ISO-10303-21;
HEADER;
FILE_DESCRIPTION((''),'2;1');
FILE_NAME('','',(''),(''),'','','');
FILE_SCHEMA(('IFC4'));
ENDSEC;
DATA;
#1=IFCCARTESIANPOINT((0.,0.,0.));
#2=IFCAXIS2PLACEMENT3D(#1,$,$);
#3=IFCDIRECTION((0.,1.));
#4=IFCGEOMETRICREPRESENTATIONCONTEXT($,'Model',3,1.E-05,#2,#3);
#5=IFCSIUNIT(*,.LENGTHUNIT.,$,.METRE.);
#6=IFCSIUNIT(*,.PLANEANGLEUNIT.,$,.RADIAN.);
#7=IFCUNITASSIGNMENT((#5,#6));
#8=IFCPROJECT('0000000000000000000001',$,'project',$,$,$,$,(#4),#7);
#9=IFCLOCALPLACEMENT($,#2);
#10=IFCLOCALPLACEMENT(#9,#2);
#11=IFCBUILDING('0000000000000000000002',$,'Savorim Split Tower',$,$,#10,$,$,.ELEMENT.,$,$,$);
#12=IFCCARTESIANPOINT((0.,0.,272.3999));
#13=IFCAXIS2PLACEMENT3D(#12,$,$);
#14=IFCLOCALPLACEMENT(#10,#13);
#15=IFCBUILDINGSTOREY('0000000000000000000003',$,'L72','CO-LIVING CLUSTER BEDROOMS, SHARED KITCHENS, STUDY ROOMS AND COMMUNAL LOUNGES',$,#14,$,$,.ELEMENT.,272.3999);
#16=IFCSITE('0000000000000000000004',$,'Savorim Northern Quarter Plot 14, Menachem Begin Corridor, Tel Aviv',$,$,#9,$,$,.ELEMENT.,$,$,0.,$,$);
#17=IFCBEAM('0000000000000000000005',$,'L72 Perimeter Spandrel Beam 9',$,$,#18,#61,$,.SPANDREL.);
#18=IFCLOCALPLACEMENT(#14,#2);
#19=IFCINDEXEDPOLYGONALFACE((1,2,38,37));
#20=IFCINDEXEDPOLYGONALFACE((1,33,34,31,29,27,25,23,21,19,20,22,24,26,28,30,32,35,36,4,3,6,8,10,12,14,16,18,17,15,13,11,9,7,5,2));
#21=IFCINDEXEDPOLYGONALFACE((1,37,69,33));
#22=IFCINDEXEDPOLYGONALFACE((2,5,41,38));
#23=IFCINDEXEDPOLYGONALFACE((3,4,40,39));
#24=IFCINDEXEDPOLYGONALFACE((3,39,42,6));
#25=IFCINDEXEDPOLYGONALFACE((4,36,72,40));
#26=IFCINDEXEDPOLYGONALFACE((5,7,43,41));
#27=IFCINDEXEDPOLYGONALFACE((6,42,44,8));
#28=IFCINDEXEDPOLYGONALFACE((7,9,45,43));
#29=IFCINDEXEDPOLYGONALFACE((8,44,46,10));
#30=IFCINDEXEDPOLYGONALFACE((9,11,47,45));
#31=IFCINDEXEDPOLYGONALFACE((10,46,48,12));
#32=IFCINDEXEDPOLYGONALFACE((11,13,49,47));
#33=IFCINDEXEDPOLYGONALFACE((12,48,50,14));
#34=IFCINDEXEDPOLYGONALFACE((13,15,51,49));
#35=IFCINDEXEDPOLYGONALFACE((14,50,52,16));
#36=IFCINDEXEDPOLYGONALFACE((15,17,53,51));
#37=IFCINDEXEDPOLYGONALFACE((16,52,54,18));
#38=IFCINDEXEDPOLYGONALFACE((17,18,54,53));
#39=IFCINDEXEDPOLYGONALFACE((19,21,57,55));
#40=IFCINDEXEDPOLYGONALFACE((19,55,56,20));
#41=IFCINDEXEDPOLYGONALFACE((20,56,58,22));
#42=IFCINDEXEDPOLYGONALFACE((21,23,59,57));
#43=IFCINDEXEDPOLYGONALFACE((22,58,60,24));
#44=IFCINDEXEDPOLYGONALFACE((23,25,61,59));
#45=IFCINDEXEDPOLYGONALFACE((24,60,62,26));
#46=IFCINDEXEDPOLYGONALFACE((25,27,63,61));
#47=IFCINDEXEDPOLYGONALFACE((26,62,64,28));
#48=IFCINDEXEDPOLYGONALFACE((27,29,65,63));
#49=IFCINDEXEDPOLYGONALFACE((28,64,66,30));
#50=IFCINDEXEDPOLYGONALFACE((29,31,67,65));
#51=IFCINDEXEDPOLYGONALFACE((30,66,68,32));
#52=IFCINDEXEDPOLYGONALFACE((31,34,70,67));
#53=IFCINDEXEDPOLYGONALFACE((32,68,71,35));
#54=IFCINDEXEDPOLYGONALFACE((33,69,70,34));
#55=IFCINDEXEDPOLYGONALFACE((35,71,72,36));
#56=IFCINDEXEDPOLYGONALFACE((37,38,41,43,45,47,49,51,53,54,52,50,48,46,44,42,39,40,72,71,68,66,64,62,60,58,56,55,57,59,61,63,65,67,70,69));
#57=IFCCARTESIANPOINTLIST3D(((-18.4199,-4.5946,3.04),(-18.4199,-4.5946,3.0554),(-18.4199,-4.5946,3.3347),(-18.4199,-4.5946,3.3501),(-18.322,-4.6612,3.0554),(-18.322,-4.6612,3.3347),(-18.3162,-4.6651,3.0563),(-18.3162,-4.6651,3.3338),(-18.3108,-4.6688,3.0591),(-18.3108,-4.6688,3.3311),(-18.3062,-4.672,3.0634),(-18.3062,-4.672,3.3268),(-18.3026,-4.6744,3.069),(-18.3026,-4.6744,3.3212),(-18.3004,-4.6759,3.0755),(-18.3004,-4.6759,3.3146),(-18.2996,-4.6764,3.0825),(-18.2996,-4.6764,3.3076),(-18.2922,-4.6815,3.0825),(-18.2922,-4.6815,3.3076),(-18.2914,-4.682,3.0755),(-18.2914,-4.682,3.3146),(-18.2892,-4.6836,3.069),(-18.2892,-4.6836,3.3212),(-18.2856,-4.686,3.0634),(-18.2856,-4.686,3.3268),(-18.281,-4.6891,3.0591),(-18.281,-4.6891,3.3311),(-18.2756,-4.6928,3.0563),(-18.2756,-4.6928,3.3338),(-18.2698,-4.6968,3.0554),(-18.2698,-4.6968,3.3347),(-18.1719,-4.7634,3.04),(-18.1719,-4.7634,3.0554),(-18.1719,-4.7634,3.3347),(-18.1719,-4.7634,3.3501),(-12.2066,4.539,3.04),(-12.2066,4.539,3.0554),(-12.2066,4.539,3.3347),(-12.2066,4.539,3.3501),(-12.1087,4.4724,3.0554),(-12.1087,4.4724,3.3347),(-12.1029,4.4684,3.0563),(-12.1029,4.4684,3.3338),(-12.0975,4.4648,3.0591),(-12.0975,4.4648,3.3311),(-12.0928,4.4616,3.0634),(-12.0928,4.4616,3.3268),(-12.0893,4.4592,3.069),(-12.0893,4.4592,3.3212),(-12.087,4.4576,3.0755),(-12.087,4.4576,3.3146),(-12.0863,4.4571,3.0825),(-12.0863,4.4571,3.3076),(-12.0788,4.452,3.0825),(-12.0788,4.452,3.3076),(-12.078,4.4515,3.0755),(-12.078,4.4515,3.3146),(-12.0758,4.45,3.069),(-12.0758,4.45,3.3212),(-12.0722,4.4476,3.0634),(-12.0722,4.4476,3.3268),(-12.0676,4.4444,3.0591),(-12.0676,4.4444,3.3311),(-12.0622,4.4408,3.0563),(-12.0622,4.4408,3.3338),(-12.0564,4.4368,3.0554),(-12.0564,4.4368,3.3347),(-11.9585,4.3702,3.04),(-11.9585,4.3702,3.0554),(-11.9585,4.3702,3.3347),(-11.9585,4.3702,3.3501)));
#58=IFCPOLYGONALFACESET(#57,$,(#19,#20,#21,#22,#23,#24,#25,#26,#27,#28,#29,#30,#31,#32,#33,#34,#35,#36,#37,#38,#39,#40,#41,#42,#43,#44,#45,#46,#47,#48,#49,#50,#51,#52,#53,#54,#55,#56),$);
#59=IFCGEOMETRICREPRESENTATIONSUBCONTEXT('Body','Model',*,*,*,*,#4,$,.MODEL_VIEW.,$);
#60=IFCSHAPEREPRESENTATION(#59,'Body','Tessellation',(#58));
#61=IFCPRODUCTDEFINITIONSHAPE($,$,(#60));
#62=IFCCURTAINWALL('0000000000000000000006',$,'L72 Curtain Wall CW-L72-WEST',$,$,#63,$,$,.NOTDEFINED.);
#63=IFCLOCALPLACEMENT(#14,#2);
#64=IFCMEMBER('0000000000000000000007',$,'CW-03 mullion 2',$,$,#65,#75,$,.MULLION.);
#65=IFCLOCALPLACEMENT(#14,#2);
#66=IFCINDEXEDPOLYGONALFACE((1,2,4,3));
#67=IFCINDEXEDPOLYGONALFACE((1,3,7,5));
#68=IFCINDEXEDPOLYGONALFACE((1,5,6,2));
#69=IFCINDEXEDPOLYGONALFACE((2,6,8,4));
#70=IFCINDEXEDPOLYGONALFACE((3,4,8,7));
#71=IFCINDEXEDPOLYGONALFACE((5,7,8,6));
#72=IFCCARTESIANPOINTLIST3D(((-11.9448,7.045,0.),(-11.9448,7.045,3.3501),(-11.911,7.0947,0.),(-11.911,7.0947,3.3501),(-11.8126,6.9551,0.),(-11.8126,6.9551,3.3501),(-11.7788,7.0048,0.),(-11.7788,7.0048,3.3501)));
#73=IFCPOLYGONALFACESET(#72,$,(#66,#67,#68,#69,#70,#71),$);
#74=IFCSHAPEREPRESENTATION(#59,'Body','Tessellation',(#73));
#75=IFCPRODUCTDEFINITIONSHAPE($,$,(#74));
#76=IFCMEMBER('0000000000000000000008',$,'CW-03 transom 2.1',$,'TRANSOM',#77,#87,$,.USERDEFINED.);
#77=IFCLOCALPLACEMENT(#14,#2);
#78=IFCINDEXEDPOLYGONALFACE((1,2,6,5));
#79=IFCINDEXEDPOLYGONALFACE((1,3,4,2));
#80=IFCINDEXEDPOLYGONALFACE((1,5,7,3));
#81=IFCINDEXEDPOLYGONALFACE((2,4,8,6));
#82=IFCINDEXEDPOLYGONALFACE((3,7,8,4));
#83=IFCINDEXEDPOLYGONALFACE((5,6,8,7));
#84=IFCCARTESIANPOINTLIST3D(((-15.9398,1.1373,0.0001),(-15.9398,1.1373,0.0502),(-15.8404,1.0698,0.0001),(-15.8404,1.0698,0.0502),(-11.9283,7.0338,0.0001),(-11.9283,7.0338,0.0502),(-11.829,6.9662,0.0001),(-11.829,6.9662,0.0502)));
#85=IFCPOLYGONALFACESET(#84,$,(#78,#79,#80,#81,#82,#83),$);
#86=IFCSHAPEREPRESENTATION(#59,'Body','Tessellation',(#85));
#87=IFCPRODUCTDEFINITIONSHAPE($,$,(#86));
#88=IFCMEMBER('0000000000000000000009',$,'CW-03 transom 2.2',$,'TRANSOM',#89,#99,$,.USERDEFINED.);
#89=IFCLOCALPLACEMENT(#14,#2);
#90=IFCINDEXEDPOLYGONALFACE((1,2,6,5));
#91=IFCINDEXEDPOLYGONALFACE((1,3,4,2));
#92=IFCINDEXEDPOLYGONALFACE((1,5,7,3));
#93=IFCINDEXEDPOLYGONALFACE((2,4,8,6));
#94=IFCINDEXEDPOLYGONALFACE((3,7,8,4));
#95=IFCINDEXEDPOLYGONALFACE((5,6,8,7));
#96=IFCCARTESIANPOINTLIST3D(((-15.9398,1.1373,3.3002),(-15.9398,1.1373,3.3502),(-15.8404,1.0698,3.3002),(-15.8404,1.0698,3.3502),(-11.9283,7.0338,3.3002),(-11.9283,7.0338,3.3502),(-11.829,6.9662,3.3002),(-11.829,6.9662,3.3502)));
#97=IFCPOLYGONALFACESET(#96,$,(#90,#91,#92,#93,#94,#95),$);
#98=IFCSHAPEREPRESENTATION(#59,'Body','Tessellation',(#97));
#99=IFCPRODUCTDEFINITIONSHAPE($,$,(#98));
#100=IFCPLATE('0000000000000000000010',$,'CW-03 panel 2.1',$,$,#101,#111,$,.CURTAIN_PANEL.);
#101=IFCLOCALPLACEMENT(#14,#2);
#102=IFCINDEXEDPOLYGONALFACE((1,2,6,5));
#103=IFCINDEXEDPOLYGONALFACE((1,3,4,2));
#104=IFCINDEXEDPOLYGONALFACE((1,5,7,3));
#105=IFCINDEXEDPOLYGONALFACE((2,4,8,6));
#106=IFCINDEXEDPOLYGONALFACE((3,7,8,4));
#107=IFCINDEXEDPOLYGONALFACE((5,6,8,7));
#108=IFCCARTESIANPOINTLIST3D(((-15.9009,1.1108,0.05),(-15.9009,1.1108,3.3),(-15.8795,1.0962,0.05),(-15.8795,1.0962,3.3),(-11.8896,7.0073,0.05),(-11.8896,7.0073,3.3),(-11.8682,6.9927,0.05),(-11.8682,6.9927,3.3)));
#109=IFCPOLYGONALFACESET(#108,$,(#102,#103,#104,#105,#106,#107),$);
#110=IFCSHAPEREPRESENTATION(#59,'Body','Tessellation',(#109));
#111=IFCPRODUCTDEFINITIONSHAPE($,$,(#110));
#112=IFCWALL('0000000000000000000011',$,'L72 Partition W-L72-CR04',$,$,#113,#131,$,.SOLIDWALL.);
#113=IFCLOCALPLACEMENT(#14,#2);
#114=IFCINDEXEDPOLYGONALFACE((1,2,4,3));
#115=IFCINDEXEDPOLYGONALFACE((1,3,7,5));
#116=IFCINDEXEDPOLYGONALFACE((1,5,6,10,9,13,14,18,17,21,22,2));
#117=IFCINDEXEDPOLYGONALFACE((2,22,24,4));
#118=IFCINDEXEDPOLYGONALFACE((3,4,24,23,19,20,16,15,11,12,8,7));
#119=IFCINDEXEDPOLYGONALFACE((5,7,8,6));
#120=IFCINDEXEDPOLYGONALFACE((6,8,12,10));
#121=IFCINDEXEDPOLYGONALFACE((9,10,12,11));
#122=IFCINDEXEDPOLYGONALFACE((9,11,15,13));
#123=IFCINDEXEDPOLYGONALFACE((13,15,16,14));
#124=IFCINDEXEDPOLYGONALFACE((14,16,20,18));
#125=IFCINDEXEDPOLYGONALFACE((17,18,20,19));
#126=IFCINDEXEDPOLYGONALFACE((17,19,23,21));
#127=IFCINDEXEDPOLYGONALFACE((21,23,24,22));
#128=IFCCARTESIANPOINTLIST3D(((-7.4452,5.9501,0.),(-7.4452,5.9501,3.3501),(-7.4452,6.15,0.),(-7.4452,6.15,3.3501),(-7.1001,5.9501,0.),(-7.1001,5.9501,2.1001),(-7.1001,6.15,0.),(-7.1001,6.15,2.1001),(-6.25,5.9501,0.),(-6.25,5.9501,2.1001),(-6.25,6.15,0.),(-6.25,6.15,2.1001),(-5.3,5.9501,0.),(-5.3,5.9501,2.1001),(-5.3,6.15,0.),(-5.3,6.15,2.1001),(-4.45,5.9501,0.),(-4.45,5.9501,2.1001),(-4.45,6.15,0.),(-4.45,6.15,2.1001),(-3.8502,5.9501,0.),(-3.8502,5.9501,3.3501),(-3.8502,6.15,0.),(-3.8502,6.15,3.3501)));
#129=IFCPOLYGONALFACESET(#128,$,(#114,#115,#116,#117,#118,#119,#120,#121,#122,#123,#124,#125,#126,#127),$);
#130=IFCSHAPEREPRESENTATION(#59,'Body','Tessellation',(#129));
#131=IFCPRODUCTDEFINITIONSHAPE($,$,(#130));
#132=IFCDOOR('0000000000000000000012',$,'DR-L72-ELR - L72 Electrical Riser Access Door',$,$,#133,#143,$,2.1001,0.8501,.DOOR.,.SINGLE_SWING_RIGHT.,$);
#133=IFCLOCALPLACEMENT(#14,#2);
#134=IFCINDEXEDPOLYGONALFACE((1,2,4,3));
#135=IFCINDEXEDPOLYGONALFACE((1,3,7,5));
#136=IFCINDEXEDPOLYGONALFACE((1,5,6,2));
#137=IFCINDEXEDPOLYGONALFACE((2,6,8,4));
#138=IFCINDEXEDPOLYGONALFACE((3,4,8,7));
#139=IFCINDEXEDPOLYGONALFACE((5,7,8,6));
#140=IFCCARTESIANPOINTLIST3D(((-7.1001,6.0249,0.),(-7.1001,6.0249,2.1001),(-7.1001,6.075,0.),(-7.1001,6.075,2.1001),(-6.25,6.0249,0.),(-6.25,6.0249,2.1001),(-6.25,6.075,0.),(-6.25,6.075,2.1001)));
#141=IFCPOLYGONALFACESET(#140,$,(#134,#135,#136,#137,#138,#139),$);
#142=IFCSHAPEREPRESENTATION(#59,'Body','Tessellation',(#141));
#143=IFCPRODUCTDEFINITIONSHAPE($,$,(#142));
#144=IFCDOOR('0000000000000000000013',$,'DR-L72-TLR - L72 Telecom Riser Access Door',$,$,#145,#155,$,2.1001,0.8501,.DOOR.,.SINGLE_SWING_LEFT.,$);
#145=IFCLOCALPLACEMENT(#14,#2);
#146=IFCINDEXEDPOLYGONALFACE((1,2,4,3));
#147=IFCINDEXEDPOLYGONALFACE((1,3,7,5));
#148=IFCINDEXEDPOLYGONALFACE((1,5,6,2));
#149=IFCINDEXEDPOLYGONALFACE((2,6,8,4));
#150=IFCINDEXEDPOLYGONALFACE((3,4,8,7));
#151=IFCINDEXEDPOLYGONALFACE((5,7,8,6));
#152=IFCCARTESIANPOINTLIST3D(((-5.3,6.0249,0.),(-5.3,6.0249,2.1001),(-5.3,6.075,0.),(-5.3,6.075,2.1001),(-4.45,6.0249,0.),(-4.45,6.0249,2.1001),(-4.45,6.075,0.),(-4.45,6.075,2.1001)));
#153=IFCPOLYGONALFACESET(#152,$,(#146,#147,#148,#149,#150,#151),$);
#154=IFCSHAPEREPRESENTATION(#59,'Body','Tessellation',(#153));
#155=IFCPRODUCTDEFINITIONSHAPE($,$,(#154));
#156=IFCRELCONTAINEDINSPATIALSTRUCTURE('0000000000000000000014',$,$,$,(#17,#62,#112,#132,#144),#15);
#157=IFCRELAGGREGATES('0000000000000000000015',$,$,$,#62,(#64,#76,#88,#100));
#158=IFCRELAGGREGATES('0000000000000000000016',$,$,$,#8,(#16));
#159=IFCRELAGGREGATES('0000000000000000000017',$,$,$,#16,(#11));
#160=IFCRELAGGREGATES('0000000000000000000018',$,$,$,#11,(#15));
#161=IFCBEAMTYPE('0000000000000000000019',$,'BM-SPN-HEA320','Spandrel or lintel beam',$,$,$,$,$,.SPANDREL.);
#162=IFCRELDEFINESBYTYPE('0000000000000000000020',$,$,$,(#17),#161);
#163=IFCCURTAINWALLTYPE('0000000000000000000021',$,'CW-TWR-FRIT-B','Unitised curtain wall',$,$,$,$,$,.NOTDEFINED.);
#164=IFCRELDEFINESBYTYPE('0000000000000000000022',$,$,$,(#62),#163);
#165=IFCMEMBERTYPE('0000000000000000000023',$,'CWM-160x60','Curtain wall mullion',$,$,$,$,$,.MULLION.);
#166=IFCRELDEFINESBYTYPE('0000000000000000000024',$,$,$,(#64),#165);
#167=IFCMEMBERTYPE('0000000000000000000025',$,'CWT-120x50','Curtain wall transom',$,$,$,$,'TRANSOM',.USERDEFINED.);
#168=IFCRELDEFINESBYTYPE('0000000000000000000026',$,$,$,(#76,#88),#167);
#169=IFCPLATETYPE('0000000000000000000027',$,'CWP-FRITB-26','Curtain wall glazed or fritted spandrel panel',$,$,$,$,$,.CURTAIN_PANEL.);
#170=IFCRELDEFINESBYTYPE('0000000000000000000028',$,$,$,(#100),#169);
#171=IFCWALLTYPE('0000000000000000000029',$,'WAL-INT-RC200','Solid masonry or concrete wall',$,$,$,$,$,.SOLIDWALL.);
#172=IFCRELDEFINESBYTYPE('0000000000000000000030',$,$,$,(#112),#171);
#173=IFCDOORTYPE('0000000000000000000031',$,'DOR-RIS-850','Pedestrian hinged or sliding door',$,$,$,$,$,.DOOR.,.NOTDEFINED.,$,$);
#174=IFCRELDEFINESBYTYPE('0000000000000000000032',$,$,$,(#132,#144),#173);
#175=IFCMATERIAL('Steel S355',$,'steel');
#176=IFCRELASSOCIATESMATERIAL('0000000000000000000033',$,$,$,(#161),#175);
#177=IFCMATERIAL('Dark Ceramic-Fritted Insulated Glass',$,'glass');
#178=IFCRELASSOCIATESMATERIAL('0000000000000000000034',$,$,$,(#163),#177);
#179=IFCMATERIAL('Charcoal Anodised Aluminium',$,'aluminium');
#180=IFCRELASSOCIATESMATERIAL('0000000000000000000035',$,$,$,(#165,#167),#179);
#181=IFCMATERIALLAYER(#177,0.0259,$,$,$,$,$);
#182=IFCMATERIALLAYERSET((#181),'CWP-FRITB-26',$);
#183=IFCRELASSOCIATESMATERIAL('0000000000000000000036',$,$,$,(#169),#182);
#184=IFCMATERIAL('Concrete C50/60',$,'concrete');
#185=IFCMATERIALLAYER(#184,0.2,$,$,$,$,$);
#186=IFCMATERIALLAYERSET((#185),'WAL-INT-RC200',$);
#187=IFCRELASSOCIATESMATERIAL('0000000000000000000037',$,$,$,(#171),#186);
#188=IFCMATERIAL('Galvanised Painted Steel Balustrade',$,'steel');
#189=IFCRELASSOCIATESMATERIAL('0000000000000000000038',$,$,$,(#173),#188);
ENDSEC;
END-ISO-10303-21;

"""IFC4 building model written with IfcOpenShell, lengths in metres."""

from ifc_helpers import new_model, si_unit, direction, frame, frame_2d, origin, origin_2d, place, context, subcontext, project, spatial, rectangle, i_section, extrude, material, layer, layer_set, material_profile, profile_set, type_object, element, fill, aggregate, save


model = new_model("IFC4")

# Units and contexts
model_context = context("Model", 3, precision=1e-05, world=origin(), true_north=direction((0.0, 1.0)))
body_context = subcontext(model_context, "Body", "Model", "MODEL_VIEW")
ifc_project = project(units=[si_unit("LENGTHUNIT", "METRE"), si_unit("PLANEANGLEUNIT", "RADIAN")], contexts=[model_context])

# Site, building, storey
site_placement = place(None, origin())
site = spatial("IfcSite", under=ifc_project, at=site_placement, Name="Savorim Northern Quarter Plot 14, Menachem Begin Corridor, Tel Aviv", CompositionType="ELEMENT", RefElevation=0.0)
building_placement = place(site_placement, origin())
building = spatial("IfcBuilding", under=site, at=building_placement, Name="Savorim Split Tower", CompositionType="ELEMENT")
storey_placement = place(building_placement, frame((0.0, 0.0, 272.3999)))
storey = spatial("IfcBuildingStorey", under=building, at=storey_placement, Name="L72", Description="CO-LIVING CLUSTER BEDROOMS, SHARED KITCHENS, STUDY ROOMS AND COMMUNAL LOUNGES", CompositionType="ELEMENT", Elevation=272.3999)

# Shared definitions
ifc_material_1 = material(Name="Steel S355", Category="steel")

# Beam
ifc_material_profile_1 = material_profile(ifc_material_1, i_section(OverallWidth=0.3, OverallDepth=0.3101, WebThickness=0.009, FlangeThickness=0.0154, FilletRadius=0.0271, at=origin_2d()), Name="HEA 320")
ifc_profile_set_1 = profile_set([ifc_material_profile_1], Name="Steel S355")
beam_type_1 = type_object("IfcBeamType", Name="BM-SPN-HEA320", Description="Spandrel or lintel beam", PredefinedType="SPANDREL", material=ifc_profile_set_1)
beam_1_placement = place(storey_placement, frame((-12.0825, 4.4546, 3.1951), z_axis=(-0.562469, -0.826818, 0.0), x_axis=(0.826818, -0.562469, 0.0)))
element("IfcBeam", 1, at=beam_1_placement, inside=storey, type_object=beam_type_1, Name="L72 Perimeter Spandrel Beam 9", PredefinedType="SPANDREL", context=body_context, shape_type="SweptSolid", body=[
    extrude(i_section(OverallWidth=0.3, OverallDepth=0.3101, WebThickness=0.009, FlangeThickness=0.0154, FilletRadius=0.0271, at=origin_2d()), origin(), (0.0, 0.0, 1.0), 11.0466),
])

# Curtain wall, members, plate
ifc_material_2 = material(Name="Dark Ceramic-Fritted Insulated Glass", Category="glass")
curtain_wall_type = type_object("IfcCurtainWallType", Name="CW-TWR-FRIT-B", Description="Unitised curtain wall", PredefinedType="NOTDEFINED", material=ifc_material_2)
curtain_wall_placement = place(storey_placement, origin())
curtain_wall = element("IfcCurtainWall", 2, at=curtain_wall_placement, inside=storey, type_object=curtain_wall_type, Name="L72 Curtain Wall CW-L72-WEST", PredefinedType="NOTDEFINED")
ifc_material_3 = material(Name="Charcoal Anodised Aluminium", Category="aluminium")
ifc_material_profile_2 = material_profile(ifc_material_3, rectangle(XDim=0.1599, YDim=0.0601, at=origin_2d()), Name="ALU-M 160x60")
ifc_profile_set_2 = profile_set([ifc_material_profile_2], Name="Charcoal Anodised Aluminium")
member_type_1 = type_object("IfcMemberType", Name="CWM-160x60", Description="Curtain wall mullion", PredefinedType="MULLION", material=ifc_profile_set_2)
member_1_placement = place(storey_placement, frame((-11.8618, 7.0249, 0.0), z_axis=(0.0, 0.0, 1.0), x_axis=(0.826817, -0.56247, 0.0)))
member_1 = element("IfcMember", 3, at=member_1_placement, type_object=member_type_1, Name="CW-03 mullion 2", PredefinedType="MULLION", context=body_context, shape_type="SweptSolid", body=[
    extrude(rectangle(XDim=0.1599, YDim=0.0601, at=origin_2d()), origin(), (0.0, 0.0, 1.0), 3.3501),
])
ifc_material_profile_3 = material_profile(ifc_material_3, rectangle(XDim=0.1201, YDim=0.05, at=origin_2d()), Name="ALU-T 120x50")
ifc_profile_set_3 = profile_set([ifc_material_profile_3], Name="Charcoal Anodised Aluminium")
member_type_2 = type_object("IfcMemberType", Name="CWT-120x50", Description="Curtain wall transom", ElementType="TRANSOM", PredefinedType="USERDEFINED", material=ifc_profile_set_3)
member_2_placement = place(storey_placement, frame((-11.8787, 7.0, 0.0251), z_axis=(-0.562489, -0.826805, 0.0), x_axis=(0.826805, -0.562489, 0.0)))
member_2 = element("IfcMember", 4, at=member_2_placement, type_object=member_type_2, Name="CW-03 transom 2.1", ObjectType="TRANSOM", PredefinedType="USERDEFINED", context=body_context, shape_type="SweptSolid", body=[
    extrude(rectangle(XDim=0.1201, YDim=0.05, at=origin_2d()), origin(), (0.0, 0.0, 1.0), 7.1316),
])
member_3_placement = place(storey_placement, frame((-11.8787, 7.0, 3.3252), z_axis=(-0.562489, -0.826805, 0.0), x_axis=(0.826805, -0.562489, 0.0)))
member_3 = element("IfcMember", 5, at=member_3_placement, type_object=member_type_2, Name="CW-03 transom 2.2", ObjectType="TRANSOM", PredefinedType="USERDEFINED", context=body_context, shape_type="SweptSolid", body=[
    extrude(rectangle(XDim=0.1201, YDim=0.05, at=origin_2d()), origin(), (0.0, 0.0, 1.0), 7.1316),
])
ifc_layer_1 = layer(ifc_material_2, 0.0259)
ifc_layer_set_1 = layer_set([ifc_layer_1], Name="CWP-FRITB-26")
plate_type = type_object("IfcPlateType", Name="CWP-FRITB-26", Description="Curtain wall glazed or fritted spandrel panel", PredefinedType="CURTAIN_PANEL", material=ifc_layer_set_1)
plate_placement = place(storey_placement, frame((-13.8845, 4.0518, 0.05), z_axis=(0.0, 0.0, 1.0), x_axis=(-0.56247, -0.826817, 0.0)))
plate = element("IfcPlate", 6, at=plate_placement, type_object=plate_type, Name="CW-03 panel 2.1", PredefinedType="CURTAIN_PANEL", context=body_context, shape_type="SweptSolid", body=[
    extrude(rectangle(XDim=7.1316, YDim=0.0259, at=origin_2d()), origin(), (0.0, 0.0, 1.0), 3.25),
])
aggregate(curtain_wall, [member_1, member_2, member_3, plate])

# Wall, openings, doors
ifc_material_4 = material(Name="Concrete C50/60", Category="concrete")
ifc_layer_2 = layer(ifc_material_4, 0.2)
ifc_layer_set_2 = layer_set([ifc_layer_2], Name="WAL-INT-RC200")
wall_type_1 = type_object("IfcWallType", Name="WAL-INT-RC200", Description="Solid masonry or concrete wall", PredefinedType="SOLIDWALL", material=ifc_layer_set_2)
wall_1_placement = place(storey_placement, frame((-7.4451, 6.05, 0.0), z_axis=(0.0, 0.0, 1.0), x_axis=(1.0, 0.0, 0.0)))
wall_1 = element("IfcWall", 7, at=wall_1_placement, inside=storey, type_object=wall_type_1, Name="L72 Partition W-L72-CR04", PredefinedType="SOLIDWALL", context=body_context, shape_type="SweptSolid", body=[
    extrude(rectangle(XDim=3.595, YDim=0.2, at=frame_2d((1.7974, 0.0))), origin(), (0.0, 0.0, 1.0), 3.3501),
])
opening_1_placement = place(wall_1_placement, frame((0.345, 0.0, 0.0)))
opening_1 = element("IfcOpeningElement", 8, at=opening_1_placement, cuts=wall_1, PredefinedType="OPENING", context=body_context, shape_type="SweptSolid", body=[
    extrude(rectangle(XDim=0.8501, YDim=2.1001, at=frame_2d((0.425, 1.05))), frame((0.0, 0.1099, 0.0), z_axis=(0.0, -1.0, 0.0), x_axis=(1.0, 0.0, 0.0)), (0.0, 0.0, 1.0), 0.22),
])
opening_2_placement = place(wall_1_placement, frame((2.145, 0.0, 0.0)))
opening_2 = element("IfcOpeningElement", 9, at=opening_2_placement, cuts=wall_1, PredefinedType="OPENING", context=body_context, shape_type="SweptSolid", body=[
    extrude(rectangle(XDim=0.8501, YDim=2.1001, at=frame_2d((0.425, 1.05))), frame((0.0, 0.1099, 0.0), z_axis=(0.0, -1.0, 0.0), x_axis=(1.0, 0.0, 0.0)), (0.0, 0.0, 1.0), 0.22),
])
ifc_material_5 = material(Name="Galvanised Painted Steel Balustrade", Category="steel")
door_type_1 = type_object("IfcDoorType", Name="DOR-RIS-850", Description="Pedestrian hinged or sliding door", OperationType="NOTDEFINED", PredefinedType="DOOR", material=ifc_material_5)
door_1_placement = place(opening_1_placement, origin())
door_1 = element("IfcDoor", 10, at=door_1_placement, inside=storey, type_object=door_type_1, Name="DR-L72-ELR - L72 Electrical Riser Access Door", OperationType="SINGLE_SWING_RIGHT", OverallHeight=2.1001, OverallWidth=0.8501, PredefinedType="DOOR", context=body_context, shape_type="SweptSolid", body=[
    extrude(rectangle(XDim=0.8501, YDim=2.1001, at=frame_2d((0.425, 1.05))), frame((0.0, 0.0249, 0.0), z_axis=(0.0, -1.0, 0.0), x_axis=(1.0, 0.0, 0.0)), (0.0, 0.0, 1.0), 0.05),
])
fill(opening_1, door_1)
door_2_placement = place(opening_2_placement, origin())
door_2 = element("IfcDoor", 11, at=door_2_placement, inside=storey, type_object=door_type_1, Name="DR-L72-TLR - L72 Telecom Riser Access Door", OperationType="SINGLE_SWING_LEFT", OverallHeight=2.1001, OverallWidth=0.8501, PredefinedType="DOOR", context=body_context, shape_type="SweptSolid", body=[
    extrude(rectangle(XDim=0.8501, YDim=2.1001, at=frame_2d((0.425, 1.05))), frame((0.0, 0.0249, 0.0), z_axis=(0.0, -1.0, 0.0), x_axis=(1.0, 0.0, 0.0)), (0.0, 0.0, 1.0), 0.05),
])
fill(opening_2, door_2)

save(model, "model.ifc")
